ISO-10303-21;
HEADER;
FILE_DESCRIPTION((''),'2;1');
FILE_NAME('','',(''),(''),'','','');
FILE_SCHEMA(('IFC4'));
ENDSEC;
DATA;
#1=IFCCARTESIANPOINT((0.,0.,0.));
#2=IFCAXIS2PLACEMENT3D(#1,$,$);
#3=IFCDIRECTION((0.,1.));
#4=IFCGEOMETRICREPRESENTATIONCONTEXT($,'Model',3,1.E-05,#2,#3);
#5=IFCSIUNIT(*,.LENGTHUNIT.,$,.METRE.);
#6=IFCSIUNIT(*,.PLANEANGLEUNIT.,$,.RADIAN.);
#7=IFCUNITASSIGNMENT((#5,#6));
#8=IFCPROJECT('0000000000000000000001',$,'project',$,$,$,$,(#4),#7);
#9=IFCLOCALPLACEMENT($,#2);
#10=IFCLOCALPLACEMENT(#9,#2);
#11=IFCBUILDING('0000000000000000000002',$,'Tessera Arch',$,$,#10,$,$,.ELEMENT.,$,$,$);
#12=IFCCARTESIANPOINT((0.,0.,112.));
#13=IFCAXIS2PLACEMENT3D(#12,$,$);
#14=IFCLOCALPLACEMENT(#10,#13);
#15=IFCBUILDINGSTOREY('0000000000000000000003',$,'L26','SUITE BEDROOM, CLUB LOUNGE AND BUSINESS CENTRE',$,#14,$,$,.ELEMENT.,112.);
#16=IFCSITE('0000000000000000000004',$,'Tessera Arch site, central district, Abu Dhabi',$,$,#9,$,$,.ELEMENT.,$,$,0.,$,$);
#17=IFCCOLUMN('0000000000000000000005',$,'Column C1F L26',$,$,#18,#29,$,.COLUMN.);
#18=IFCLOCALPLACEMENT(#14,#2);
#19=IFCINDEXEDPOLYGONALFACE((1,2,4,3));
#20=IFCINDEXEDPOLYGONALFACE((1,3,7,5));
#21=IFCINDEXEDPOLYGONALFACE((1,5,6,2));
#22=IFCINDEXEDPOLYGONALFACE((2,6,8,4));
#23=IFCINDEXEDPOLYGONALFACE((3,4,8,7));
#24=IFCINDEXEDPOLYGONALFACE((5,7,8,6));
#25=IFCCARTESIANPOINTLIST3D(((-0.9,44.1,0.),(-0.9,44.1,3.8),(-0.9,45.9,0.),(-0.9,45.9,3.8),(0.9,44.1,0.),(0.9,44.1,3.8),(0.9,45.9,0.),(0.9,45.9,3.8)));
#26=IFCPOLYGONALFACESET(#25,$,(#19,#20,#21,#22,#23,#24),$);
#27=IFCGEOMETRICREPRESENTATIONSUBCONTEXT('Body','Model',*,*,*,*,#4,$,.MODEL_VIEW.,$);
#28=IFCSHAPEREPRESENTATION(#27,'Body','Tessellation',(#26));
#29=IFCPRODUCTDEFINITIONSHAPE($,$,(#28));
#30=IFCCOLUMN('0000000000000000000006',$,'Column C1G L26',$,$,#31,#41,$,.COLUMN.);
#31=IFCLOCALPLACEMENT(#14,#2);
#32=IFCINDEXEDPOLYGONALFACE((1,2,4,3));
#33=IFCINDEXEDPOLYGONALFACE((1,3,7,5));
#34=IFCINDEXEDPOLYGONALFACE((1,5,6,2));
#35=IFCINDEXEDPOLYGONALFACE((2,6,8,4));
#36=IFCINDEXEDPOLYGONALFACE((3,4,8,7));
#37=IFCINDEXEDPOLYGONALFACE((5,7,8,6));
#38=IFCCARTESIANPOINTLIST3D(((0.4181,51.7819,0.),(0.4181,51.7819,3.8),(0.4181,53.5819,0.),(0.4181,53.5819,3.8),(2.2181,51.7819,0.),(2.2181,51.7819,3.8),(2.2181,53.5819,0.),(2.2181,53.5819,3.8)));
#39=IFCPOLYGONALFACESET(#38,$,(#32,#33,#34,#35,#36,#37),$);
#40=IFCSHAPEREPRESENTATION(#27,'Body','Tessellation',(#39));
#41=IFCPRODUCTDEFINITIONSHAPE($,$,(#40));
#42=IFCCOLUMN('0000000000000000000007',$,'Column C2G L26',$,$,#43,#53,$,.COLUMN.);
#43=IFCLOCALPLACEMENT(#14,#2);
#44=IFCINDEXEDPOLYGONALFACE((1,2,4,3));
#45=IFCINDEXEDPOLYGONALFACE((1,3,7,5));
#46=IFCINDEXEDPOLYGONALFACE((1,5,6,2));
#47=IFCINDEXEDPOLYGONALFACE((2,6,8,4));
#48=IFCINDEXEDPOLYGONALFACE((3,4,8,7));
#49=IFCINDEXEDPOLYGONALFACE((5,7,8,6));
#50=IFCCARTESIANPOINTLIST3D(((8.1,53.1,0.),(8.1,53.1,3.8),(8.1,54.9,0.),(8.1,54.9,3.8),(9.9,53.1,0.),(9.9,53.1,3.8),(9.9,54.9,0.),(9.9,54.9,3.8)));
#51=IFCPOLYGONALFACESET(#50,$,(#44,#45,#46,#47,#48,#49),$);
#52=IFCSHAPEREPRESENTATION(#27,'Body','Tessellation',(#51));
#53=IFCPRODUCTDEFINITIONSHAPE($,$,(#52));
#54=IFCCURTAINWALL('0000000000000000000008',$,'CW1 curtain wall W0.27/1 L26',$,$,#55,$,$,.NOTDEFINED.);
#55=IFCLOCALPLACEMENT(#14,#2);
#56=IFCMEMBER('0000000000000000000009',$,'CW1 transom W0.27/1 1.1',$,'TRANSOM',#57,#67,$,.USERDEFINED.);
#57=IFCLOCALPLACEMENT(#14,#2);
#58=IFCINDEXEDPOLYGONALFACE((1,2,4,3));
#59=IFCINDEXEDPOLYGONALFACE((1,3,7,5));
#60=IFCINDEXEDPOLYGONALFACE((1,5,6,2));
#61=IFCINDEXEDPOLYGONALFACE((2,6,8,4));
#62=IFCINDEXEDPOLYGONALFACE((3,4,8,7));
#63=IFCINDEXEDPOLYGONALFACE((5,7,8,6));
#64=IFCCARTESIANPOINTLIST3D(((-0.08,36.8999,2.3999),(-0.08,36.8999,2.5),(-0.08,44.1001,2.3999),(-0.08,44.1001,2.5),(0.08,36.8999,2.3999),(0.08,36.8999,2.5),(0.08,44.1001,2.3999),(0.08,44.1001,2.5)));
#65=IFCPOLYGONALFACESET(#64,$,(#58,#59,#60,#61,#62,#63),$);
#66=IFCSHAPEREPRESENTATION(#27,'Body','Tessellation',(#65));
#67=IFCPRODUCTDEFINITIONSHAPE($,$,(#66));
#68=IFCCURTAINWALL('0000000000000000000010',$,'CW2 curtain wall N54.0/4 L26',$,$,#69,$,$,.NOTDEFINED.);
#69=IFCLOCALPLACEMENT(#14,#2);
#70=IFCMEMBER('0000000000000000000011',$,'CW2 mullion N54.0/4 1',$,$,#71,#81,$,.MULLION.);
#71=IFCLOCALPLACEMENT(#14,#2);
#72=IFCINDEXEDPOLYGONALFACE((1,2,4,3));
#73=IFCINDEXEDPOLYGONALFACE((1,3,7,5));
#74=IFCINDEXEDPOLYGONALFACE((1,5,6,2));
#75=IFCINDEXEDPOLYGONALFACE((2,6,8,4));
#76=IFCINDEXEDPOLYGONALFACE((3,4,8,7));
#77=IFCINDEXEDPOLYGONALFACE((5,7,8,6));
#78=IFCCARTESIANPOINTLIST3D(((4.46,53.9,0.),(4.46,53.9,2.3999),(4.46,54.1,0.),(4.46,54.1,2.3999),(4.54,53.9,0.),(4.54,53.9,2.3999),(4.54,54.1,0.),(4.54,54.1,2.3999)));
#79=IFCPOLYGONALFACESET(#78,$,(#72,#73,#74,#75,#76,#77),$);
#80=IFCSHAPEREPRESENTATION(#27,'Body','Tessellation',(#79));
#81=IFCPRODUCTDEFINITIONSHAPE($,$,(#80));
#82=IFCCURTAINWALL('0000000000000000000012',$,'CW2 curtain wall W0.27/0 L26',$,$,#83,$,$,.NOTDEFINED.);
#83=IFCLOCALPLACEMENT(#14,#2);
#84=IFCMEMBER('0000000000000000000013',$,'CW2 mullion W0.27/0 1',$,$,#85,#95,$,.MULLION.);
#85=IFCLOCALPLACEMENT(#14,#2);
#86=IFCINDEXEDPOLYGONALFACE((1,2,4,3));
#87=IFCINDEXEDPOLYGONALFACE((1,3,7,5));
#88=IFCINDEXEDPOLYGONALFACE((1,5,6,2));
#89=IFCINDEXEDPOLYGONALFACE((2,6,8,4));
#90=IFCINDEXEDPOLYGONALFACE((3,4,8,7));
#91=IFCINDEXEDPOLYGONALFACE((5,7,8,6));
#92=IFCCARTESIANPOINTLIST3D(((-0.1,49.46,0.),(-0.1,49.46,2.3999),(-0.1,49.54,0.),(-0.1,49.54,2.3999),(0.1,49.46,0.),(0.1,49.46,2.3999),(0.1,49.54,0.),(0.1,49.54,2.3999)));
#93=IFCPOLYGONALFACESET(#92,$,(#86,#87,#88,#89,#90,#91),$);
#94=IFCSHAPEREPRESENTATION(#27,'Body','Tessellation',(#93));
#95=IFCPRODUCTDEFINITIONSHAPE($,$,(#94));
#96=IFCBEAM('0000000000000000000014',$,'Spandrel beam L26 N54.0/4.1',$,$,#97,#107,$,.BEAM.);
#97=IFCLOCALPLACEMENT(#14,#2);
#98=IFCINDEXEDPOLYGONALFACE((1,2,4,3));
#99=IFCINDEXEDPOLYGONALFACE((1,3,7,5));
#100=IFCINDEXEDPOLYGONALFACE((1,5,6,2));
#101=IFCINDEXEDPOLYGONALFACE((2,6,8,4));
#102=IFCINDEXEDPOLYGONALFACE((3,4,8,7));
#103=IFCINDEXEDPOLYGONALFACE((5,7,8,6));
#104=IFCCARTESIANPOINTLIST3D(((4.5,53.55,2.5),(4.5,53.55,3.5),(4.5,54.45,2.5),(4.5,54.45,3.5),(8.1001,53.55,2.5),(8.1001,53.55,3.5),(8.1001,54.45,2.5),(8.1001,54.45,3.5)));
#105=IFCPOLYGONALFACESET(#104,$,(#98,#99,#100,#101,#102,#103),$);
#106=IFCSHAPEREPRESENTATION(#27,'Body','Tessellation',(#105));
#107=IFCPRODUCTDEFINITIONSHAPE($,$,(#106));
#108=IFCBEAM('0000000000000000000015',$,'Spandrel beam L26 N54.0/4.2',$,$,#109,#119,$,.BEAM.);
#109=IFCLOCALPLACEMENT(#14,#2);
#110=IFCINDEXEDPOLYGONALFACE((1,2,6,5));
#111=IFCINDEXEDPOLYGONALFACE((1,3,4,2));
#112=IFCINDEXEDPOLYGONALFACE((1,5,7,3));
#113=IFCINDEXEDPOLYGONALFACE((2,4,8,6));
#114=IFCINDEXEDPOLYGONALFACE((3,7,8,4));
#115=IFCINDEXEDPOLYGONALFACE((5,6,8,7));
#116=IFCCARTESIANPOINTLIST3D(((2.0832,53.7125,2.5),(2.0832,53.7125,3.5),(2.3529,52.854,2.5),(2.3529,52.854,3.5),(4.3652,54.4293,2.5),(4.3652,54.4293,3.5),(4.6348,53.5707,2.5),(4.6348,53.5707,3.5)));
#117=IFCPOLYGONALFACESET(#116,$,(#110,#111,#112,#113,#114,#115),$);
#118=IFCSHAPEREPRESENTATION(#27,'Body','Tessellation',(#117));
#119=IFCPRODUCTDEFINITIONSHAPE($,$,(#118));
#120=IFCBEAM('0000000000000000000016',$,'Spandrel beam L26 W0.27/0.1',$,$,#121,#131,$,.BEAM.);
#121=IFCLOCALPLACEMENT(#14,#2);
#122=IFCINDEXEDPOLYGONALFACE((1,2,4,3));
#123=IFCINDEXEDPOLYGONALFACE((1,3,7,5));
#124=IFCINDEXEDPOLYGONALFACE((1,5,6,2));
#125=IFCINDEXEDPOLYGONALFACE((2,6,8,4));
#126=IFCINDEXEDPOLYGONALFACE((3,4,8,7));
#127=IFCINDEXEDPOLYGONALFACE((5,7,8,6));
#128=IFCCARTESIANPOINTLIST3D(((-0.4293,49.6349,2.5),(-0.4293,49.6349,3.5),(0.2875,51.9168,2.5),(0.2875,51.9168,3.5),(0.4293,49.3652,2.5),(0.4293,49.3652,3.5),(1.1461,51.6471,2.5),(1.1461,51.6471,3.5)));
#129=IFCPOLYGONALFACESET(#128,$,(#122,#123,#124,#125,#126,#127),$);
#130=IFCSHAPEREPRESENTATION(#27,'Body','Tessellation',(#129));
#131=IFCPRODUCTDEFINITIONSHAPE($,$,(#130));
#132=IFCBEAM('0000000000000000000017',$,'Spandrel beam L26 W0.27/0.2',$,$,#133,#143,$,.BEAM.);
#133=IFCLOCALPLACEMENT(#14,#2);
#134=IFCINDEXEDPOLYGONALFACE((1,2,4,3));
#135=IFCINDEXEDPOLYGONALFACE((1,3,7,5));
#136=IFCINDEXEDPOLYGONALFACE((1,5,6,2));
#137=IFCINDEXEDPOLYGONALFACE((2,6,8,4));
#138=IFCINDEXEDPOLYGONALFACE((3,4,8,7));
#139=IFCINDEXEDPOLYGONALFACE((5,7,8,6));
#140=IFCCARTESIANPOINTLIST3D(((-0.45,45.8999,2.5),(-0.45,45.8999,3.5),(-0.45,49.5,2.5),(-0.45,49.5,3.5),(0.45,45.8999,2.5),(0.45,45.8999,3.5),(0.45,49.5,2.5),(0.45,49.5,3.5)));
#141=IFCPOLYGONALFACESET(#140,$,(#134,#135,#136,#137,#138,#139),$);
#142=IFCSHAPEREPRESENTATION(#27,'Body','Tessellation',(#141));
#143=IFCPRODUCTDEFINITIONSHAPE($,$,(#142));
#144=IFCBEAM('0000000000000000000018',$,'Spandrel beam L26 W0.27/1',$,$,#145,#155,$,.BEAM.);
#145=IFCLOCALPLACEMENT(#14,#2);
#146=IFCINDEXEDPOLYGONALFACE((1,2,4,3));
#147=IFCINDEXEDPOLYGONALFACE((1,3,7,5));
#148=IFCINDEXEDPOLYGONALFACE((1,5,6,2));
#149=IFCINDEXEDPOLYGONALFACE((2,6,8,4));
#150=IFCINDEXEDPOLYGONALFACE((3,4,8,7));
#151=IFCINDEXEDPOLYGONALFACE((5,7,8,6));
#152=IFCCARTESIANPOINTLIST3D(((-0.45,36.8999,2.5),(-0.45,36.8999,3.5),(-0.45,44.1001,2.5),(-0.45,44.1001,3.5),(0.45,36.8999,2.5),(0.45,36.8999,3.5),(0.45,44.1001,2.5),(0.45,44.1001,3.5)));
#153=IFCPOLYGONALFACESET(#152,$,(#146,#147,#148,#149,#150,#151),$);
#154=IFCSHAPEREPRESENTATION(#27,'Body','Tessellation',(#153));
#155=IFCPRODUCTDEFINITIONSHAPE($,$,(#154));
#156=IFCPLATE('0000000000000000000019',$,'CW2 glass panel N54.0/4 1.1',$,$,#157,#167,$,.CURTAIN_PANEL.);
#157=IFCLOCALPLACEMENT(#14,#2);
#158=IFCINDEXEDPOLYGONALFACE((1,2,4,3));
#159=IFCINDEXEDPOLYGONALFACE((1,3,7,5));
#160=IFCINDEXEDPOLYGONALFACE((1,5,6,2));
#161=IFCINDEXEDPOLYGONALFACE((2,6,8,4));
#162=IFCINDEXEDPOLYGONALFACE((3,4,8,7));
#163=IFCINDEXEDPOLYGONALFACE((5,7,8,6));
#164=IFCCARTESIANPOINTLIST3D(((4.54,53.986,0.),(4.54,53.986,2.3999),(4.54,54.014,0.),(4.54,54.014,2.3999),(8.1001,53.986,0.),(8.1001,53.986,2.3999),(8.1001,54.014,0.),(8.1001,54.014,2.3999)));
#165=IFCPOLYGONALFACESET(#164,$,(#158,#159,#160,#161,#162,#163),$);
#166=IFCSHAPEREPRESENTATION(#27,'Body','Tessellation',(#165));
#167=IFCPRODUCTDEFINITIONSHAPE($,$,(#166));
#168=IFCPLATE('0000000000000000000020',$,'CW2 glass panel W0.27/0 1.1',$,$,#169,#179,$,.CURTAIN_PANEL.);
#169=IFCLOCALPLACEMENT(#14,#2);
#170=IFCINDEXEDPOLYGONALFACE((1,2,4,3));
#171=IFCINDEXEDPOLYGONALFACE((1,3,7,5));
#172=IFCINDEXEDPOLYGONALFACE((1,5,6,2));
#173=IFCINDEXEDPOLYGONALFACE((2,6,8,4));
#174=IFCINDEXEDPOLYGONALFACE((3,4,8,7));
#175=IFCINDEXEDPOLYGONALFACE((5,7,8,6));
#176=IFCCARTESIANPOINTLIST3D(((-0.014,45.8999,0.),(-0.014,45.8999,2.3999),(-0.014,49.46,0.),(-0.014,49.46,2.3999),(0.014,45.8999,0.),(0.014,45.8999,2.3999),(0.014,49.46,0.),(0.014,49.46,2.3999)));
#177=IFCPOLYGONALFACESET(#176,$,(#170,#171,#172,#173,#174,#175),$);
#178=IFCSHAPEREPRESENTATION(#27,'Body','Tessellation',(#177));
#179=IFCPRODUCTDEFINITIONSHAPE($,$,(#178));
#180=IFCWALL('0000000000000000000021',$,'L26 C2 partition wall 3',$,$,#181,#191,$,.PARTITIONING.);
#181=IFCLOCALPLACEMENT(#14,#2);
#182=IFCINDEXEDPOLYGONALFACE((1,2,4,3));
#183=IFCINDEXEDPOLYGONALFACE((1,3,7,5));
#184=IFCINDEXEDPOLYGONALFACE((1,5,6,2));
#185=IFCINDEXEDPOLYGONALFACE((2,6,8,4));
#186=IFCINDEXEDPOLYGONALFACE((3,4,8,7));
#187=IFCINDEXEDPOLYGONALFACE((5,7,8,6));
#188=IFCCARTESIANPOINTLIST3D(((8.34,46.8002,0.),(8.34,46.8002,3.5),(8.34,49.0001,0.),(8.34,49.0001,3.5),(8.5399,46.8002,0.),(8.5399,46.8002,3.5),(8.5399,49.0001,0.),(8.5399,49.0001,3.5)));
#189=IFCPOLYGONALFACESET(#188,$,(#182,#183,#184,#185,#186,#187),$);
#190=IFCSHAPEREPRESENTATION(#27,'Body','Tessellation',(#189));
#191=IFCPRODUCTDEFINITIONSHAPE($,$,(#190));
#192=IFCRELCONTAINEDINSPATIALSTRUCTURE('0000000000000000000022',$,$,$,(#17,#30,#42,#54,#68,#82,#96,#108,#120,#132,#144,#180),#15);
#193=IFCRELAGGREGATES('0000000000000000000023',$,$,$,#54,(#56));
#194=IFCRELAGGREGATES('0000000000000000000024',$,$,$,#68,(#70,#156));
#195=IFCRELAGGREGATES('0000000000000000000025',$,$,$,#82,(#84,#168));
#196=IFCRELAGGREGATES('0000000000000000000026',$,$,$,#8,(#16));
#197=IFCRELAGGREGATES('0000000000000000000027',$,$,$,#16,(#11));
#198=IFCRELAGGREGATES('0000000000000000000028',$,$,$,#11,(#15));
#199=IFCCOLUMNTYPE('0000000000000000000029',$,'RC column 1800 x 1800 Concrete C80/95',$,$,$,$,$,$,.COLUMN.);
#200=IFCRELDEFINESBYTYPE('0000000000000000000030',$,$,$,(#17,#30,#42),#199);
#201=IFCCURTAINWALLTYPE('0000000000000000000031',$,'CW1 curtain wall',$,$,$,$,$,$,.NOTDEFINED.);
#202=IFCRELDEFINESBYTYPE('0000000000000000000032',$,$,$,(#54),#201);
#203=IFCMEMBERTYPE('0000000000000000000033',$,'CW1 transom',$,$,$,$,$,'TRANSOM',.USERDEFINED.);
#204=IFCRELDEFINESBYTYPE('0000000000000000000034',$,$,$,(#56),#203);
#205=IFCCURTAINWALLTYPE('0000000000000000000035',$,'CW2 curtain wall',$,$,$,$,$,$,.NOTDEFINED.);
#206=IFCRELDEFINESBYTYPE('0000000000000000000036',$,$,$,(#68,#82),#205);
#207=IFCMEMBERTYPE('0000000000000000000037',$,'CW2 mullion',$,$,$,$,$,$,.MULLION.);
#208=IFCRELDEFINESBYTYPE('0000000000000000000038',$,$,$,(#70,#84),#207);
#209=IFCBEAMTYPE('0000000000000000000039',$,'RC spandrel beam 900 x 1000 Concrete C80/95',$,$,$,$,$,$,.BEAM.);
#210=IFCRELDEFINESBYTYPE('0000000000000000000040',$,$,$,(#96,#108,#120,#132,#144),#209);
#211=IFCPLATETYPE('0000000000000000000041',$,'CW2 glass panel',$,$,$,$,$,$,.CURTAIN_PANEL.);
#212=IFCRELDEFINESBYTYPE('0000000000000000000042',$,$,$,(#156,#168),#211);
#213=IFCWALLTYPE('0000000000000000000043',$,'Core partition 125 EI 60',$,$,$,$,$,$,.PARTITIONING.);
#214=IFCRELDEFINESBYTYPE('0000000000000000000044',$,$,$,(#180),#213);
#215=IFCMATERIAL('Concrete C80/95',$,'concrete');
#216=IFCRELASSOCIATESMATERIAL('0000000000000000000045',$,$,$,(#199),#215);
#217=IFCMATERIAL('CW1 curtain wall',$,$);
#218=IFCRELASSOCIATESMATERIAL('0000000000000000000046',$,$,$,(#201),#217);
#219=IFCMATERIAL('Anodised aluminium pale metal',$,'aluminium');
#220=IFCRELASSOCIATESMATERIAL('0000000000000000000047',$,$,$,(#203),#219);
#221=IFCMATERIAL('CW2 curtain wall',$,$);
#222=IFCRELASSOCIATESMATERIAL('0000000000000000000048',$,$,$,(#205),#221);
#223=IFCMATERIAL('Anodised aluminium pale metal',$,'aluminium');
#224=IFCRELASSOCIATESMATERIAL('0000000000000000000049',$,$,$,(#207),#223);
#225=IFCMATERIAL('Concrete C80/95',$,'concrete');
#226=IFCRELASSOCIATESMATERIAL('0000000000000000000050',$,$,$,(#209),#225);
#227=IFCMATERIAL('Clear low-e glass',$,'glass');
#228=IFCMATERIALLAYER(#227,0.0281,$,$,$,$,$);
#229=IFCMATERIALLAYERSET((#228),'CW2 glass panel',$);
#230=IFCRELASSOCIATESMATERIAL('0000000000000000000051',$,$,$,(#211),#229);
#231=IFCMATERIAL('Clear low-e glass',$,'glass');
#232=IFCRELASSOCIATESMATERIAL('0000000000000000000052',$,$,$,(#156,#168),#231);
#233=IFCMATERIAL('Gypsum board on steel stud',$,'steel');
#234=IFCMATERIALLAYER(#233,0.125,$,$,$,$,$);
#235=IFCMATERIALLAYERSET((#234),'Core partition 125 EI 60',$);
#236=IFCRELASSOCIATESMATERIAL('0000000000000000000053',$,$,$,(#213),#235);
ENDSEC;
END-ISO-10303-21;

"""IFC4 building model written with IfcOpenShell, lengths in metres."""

from ifc_helpers import new_model, si_unit, direction, frame, frame_2d, origin, origin_2d, place, context, subcontext, project, spatial, rectangle, extrude, material, layer, layer_set, material_profile, profile_set, type_object, element, aggregate, save


model = new_model("IFC4")

# Units and contexts
model_context = context("Model", 3, precision=1e-05, world=origin(), true_north=direction((0.0, 1.0)))
body_context = subcontext(model_context, "Body", "Model", "MODEL_VIEW")
ifc_project = project(units=[si_unit("LENGTHUNIT", "METRE"), si_unit("PLANEANGLEUNIT", "RADIAN")], contexts=[model_context])

# Site, building, storey
site_placement = place(None, origin())
site = spatial("IfcSite", under=ifc_project, at=site_placement, Name="Tessera Arch site, central district, Abu Dhabi", CompositionType="ELEMENT", RefElevation=0.0)
building_placement = place(site_placement, origin())
building = spatial("IfcBuilding", under=site, at=building_placement, Name="Tessera Arch", CompositionType="ELEMENT")
storey_placement = place(building_placement, frame((0.0, 0.0, 112.0)))
storey = spatial("IfcBuildingStorey", under=building, at=storey_placement, Name="L26", Description="SUITE BEDROOM, CLUB LOUNGE AND BUSINESS CENTRE", CompositionType="ELEMENT", Elevation=112.0)

# Columns
ifc_material_1 = material(Name="Concrete C80/95", Category="concrete")
ifc_material_profile_1 = material_profile(ifc_material_1, rectangle(XDim=1.8, YDim=1.8, at=origin_2d()), Name="RC column 1800 x 1800 Concrete C80/95")
ifc_profile_set_1 = profile_set([ifc_material_profile_1], Name="Concrete C80/95")
column_type = type_object("IfcColumnType", Name="RC column 1800 x 1800 Concrete C80/95", PredefinedType="COLUMN", material=ifc_profile_set_1)
for number, where, z_axis, x_axis, name in (
    (1, (0.0, 45.0, 0.0), (0.0, 0.0, 1.0), (1.0, 0.0, 0.0), "Column C1F L26"),
    (2, (1.3181, 52.6819, 0.0), (0.0, 0.0, 1.0), (1.0, 0.0, 0.0), "Column C1G L26"),
    (3, (9.0, 54.0, 0.0), (0.0, 0.0, 1.0), (1.0, 0.0, 0.0), "Column C2G L26"),
):
    element("IfcColumn", number, at=place(storey_placement, frame(where, z_axis=z_axis, x_axis=x_axis)), inside=storey, type_object=column_type, Name=name, PredefinedType="COLUMN", context=body_context, shape_type="SweptSolid", body=[
        extrude(rectangle(XDim=1.8, YDim=1.8, at=origin_2d()), origin(), (0.0, 0.0, 1.0), 3.8),
    ])

# Curtain walls, members
ifc_material_2 = material(Name="CW1 curtain wall")
curtain_wall_type_1 = type_object("IfcCurtainWallType", Name="CW1 curtain wall", PredefinedType="NOTDEFINED", material=ifc_material_2)
curtain_wall_1_placement = place(storey_placement, origin())
curtain_wall_1 = element("IfcCurtainWall", 4, at=curtain_wall_1_placement, inside=storey, type_object=curtain_wall_type_1, Name="CW1 curtain wall W0.27/1 L26", PredefinedType="NOTDEFINED")
ifc_material_3 = material(Name="Anodised aluminium pale metal", Category="aluminium")
ifc_material_profile_2 = material_profile(ifc_material_3, rectangle(XDim=0.1599, YDim=0.1001, at=origin_2d()), Name="AL 160x100")
ifc_profile_set_2 = profile_set([ifc_material_profile_2], Name="Anodised aluminium pale metal")
member_type_1 = type_object("IfcMemberType", Name="CW1 transom", ElementType="TRANSOM", PredefinedType="USERDEFINED", material=ifc_profile_set_2)
member_1_placement = place(storey_placement, frame((0.0, 44.1001, 2.45), z_axis=(0.0, -1.0, 0.0), x_axis=(1.0, 0.0, 0.0)))
member_1 = element("IfcMember", 5, at=member_1_placement, type_object=member_type_1, Name="CW1 transom W0.27/1 1.1", ObjectType="TRANSOM", PredefinedType="USERDEFINED", context=body_context, shape_type="SweptSolid", body=[
    extrude(rectangle(XDim=0.1599, YDim=0.1001, at=origin_2d()), origin(), (0.0, 0.0, 1.0), 7.2002),
])
aggregate(curtain_wall_1, [member_1])
ifc_material_4 = material(Name="CW2 curtain wall")
curtain_wall_type_2 = type_object("IfcCurtainWallType", Name="CW2 curtain wall", PredefinedType="NOTDEFINED", material=ifc_material_4)
curtain_wall_2_placement = place(storey_placement, origin())
curtain_wall_2 = element("IfcCurtainWall", 6, at=curtain_wall_2_placement, inside=storey, type_object=curtain_wall_type_2, Name="CW2 curtain wall N54.0/4 L26", PredefinedType="NOTDEFINED")
ifc_material_5 = material(Name="Anodised aluminium pale metal", Category="aluminium")
ifc_material_profile_3 = material_profile(ifc_material_5, rectangle(XDim=0.2, YDim=0.0801, at=origin_2d()), Name="AL 80x200")
ifc_profile_set_3 = profile_set([ifc_material_profile_3], Name="Anodised aluminium pale metal")
member_type_2 = type_object("IfcMemberType", Name="CW2 mullion", PredefinedType="MULLION", material=ifc_profile_set_3)
member_2_placement = place(storey_placement, frame((4.5, 54.0, 0.0), z_axis=(0.0, 0.0, 1.0), x_axis=(0.0, -1.0, 0.0)))
member_2 = element("IfcMember", 7, at=member_2_placement, type_object=member_type_2, Name="CW2 mullion N54.0/4 1", PredefinedType="MULLION", context=body_context, shape_type="SweptSolid", body=[
    extrude(rectangle(XDim=0.2, YDim=0.0801, at=origin_2d()), origin(), (0.0, 0.0, 1.0), 2.3999),
])
curtain_wall_3_placement = place(storey_placement, origin())
curtain_wall_3 = element("IfcCurtainWall", 8, at=curtain_wall_3_placement, inside=storey, type_object=curtain_wall_type_2, Name="CW2 curtain wall W0.27/0 L26", PredefinedType="NOTDEFINED")
member_3_placement = place(storey_placement, frame((0.0, 49.5, 0.0), z_axis=(0.0, 0.0, 1.0), x_axis=(1.0, 0.0, 0.0)))
member_3 = element("IfcMember", 9, at=member_3_placement, type_object=member_type_2, Name="CW2 mullion W0.27/0 1", PredefinedType="MULLION", context=body_context, shape_type="SweptSolid", body=[
    extrude(rectangle(XDim=0.2, YDim=0.0801, at=origin_2d()), origin(), (0.0, 0.0, 1.0), 2.3999),
])

# Beams
ifc_material_6 = material(Name="Concrete C80/95", Category="concrete")
ifc_material_profile_4 = material_profile(ifc_material_6, rectangle(XDim=0.8999, YDim=1.0, at=origin_2d()), Name="RC spandrel beam 900 x 1000 Concrete C80/95")
ifc_profile_set_4 = profile_set([ifc_material_profile_4], Name="Concrete C80/95")
beam_type = type_object("IfcBeamType", Name="RC spandrel beam 900 x 1000 Concrete C80/95", PredefinedType="BEAM", material=ifc_profile_set_4)
beam_1_placement = place(storey_placement, frame((8.1001, 54.0, 3.0), z_axis=(-1.0, 0.0, 0.0), x_axis=(0.0, -1.0, 0.0)))
element("IfcBeam", 10, at=beam_1_placement, inside=storey, type_object=beam_type, Name="Spandrel beam L26 N54.0/4.1", PredefinedType="BEAM", context=body_context, shape_type="SweptSolid", body=[
    extrude(rectangle(XDim=0.8999, YDim=1.0, at=origin_2d()), origin(), (0.0, 0.0, 1.0), 3.6001),
])
for number, where, z_axis, x_axis, name in (
    (11, (4.5, 54.0, 3.0), (-0.954041, -0.299675, 0.0), (0.299675, -0.954041, 0.0), "Spandrel beam L26 N54.0/4.2"),
    (12, (0.7168, 51.782, 3.0), (-0.299675, -0.954041, 0.0), (0.954041, -0.299675, 0.0), "Spandrel beam L26 W0.27/0.1"),
):
    element("IfcBeam", number, at=place(storey_placement, frame(where, z_axis=z_axis, x_axis=x_axis)), inside=storey, type_object=beam_type, Name=name, PredefinedType="BEAM", context=body_context, shape_type="SweptSolid", body=[
        extrude(rectangle(XDim=0.8999, YDim=1.0, at=origin_2d()), origin(), (0.0, 0.0, 1.0), 2.3918),
    ])
beam_2_placement = place(storey_placement, frame((0.0, 49.5, 3.0), z_axis=(0.0, -1.0, 0.0), x_axis=(1.0, 0.0, 0.0)))
element("IfcBeam", 13, at=beam_2_placement, inside=storey, type_object=beam_type, Name="Spandrel beam L26 W0.27/0.2", PredefinedType="BEAM", context=body_context, shape_type="SweptSolid", body=[
    extrude(rectangle(XDim=0.8999, YDim=1.0, at=origin_2d()), origin(), (0.0, 0.0, 1.0), 3.6001),
])
beam_3_placement = place(storey_placement, frame((0.0, 44.1001, 3.0), z_axis=(0.0, -1.0, 0.0), x_axis=(1.0, 0.0, 0.0)))
element("IfcBeam", 14, at=beam_3_placement, inside=storey, type_object=beam_type, Name="Spandrel beam L26 W0.27/1", PredefinedType="BEAM", context=body_context, shape_type="SweptSolid", body=[
    extrude(rectangle(XDim=0.8999, YDim=1.0, at=origin_2d()), origin(), (0.0, 0.0, 1.0), 7.2002),
])

# Plates
ifc_material_7 = material(Name="Clear low-e glass", Category="glass")
ifc_material_8 = material(Name="Clear low-e glass", Category="glass")
ifc_layer_1 = layer(ifc_material_8, 0.0281)
ifc_layer_set_1 = layer_set([ifc_layer_1], Name="CW2 glass panel")
plate_type = type_object("IfcPlateType", Name="CW2 glass panel", PredefinedType="CURTAIN_PANEL", material=ifc_layer_set_1)
plate_1_placement = place(storey_placement, frame((6.3201, 54.0, 0.0), z_axis=(0.0, 0.0, 1.0), x_axis=(-1.0, 0.0, 0.0)))
plate_1 = element("IfcPlate", 15, at=plate_1_placement, type_object=plate_type, material=ifc_material_7, Name="CW2 glass panel N54.0/4 1.1", PredefinedType="CURTAIN_PANEL", context=body_context, shape_type="SweptSolid", body=[
    extrude(rectangle(XDim=3.5601, YDim=0.0281, at=origin_2d()), origin(), (0.0, 0.0, 1.0), 2.3999),
])
aggregate(curtain_wall_2, [member_2, plate_1])
plate_2_placement = place(storey_placement, frame((0.0, 47.6799, 0.0), z_axis=(0.0, 0.0, 1.0), x_axis=(0.0, -1.0, 0.0)))
plate_2 = element("IfcPlate", 16, at=plate_2_placement, type_object=plate_type, material=ifc_material_7, Name="CW2 glass panel W0.27/0 1.1", PredefinedType="CURTAIN_PANEL", context=body_context, shape_type="SweptSolid", body=[
    extrude(rectangle(XDim=3.5601, YDim=0.0281, at=origin_2d()), origin(), (0.0, 0.0, 1.0), 2.3999),
])
aggregate(curtain_wall_3, [member_3, plate_2])

# Wall
ifc_material_9 = material(Name="Gypsum board on steel stud", Category="steel")
ifc_layer_2 = layer(ifc_material_9, 0.125)
ifc_layer_set_2 = layer_set([ifc_layer_2], Name="Core partition 125 EI 60")
wall_type_1 = type_object("IfcWallType", Name="Core partition 125 EI 60", PredefinedType="PARTITIONING", material=ifc_layer_set_2)
wall_1_placement = place(storey_placement, frame((8.4399, 46.8, 0.0), z_axis=(0.0, 0.0, 1.0), x_axis=(0.0, 1.0, 0.0)))
element("IfcWall", 17, at=wall_1_placement, inside=storey, type_object=wall_type_1, Name="L26 C2 partition wall 3", PredefinedType="PARTITIONING", context=body_context, shape_type="SweptSolid", body=[
    extrude(rectangle(XDim=2.2, YDim=0.2, at=frame_2d((1.1001, 0.0))), origin(), (0.0, 0.0, 1.0), 3.5),
])

save(model, "model.ifc")
